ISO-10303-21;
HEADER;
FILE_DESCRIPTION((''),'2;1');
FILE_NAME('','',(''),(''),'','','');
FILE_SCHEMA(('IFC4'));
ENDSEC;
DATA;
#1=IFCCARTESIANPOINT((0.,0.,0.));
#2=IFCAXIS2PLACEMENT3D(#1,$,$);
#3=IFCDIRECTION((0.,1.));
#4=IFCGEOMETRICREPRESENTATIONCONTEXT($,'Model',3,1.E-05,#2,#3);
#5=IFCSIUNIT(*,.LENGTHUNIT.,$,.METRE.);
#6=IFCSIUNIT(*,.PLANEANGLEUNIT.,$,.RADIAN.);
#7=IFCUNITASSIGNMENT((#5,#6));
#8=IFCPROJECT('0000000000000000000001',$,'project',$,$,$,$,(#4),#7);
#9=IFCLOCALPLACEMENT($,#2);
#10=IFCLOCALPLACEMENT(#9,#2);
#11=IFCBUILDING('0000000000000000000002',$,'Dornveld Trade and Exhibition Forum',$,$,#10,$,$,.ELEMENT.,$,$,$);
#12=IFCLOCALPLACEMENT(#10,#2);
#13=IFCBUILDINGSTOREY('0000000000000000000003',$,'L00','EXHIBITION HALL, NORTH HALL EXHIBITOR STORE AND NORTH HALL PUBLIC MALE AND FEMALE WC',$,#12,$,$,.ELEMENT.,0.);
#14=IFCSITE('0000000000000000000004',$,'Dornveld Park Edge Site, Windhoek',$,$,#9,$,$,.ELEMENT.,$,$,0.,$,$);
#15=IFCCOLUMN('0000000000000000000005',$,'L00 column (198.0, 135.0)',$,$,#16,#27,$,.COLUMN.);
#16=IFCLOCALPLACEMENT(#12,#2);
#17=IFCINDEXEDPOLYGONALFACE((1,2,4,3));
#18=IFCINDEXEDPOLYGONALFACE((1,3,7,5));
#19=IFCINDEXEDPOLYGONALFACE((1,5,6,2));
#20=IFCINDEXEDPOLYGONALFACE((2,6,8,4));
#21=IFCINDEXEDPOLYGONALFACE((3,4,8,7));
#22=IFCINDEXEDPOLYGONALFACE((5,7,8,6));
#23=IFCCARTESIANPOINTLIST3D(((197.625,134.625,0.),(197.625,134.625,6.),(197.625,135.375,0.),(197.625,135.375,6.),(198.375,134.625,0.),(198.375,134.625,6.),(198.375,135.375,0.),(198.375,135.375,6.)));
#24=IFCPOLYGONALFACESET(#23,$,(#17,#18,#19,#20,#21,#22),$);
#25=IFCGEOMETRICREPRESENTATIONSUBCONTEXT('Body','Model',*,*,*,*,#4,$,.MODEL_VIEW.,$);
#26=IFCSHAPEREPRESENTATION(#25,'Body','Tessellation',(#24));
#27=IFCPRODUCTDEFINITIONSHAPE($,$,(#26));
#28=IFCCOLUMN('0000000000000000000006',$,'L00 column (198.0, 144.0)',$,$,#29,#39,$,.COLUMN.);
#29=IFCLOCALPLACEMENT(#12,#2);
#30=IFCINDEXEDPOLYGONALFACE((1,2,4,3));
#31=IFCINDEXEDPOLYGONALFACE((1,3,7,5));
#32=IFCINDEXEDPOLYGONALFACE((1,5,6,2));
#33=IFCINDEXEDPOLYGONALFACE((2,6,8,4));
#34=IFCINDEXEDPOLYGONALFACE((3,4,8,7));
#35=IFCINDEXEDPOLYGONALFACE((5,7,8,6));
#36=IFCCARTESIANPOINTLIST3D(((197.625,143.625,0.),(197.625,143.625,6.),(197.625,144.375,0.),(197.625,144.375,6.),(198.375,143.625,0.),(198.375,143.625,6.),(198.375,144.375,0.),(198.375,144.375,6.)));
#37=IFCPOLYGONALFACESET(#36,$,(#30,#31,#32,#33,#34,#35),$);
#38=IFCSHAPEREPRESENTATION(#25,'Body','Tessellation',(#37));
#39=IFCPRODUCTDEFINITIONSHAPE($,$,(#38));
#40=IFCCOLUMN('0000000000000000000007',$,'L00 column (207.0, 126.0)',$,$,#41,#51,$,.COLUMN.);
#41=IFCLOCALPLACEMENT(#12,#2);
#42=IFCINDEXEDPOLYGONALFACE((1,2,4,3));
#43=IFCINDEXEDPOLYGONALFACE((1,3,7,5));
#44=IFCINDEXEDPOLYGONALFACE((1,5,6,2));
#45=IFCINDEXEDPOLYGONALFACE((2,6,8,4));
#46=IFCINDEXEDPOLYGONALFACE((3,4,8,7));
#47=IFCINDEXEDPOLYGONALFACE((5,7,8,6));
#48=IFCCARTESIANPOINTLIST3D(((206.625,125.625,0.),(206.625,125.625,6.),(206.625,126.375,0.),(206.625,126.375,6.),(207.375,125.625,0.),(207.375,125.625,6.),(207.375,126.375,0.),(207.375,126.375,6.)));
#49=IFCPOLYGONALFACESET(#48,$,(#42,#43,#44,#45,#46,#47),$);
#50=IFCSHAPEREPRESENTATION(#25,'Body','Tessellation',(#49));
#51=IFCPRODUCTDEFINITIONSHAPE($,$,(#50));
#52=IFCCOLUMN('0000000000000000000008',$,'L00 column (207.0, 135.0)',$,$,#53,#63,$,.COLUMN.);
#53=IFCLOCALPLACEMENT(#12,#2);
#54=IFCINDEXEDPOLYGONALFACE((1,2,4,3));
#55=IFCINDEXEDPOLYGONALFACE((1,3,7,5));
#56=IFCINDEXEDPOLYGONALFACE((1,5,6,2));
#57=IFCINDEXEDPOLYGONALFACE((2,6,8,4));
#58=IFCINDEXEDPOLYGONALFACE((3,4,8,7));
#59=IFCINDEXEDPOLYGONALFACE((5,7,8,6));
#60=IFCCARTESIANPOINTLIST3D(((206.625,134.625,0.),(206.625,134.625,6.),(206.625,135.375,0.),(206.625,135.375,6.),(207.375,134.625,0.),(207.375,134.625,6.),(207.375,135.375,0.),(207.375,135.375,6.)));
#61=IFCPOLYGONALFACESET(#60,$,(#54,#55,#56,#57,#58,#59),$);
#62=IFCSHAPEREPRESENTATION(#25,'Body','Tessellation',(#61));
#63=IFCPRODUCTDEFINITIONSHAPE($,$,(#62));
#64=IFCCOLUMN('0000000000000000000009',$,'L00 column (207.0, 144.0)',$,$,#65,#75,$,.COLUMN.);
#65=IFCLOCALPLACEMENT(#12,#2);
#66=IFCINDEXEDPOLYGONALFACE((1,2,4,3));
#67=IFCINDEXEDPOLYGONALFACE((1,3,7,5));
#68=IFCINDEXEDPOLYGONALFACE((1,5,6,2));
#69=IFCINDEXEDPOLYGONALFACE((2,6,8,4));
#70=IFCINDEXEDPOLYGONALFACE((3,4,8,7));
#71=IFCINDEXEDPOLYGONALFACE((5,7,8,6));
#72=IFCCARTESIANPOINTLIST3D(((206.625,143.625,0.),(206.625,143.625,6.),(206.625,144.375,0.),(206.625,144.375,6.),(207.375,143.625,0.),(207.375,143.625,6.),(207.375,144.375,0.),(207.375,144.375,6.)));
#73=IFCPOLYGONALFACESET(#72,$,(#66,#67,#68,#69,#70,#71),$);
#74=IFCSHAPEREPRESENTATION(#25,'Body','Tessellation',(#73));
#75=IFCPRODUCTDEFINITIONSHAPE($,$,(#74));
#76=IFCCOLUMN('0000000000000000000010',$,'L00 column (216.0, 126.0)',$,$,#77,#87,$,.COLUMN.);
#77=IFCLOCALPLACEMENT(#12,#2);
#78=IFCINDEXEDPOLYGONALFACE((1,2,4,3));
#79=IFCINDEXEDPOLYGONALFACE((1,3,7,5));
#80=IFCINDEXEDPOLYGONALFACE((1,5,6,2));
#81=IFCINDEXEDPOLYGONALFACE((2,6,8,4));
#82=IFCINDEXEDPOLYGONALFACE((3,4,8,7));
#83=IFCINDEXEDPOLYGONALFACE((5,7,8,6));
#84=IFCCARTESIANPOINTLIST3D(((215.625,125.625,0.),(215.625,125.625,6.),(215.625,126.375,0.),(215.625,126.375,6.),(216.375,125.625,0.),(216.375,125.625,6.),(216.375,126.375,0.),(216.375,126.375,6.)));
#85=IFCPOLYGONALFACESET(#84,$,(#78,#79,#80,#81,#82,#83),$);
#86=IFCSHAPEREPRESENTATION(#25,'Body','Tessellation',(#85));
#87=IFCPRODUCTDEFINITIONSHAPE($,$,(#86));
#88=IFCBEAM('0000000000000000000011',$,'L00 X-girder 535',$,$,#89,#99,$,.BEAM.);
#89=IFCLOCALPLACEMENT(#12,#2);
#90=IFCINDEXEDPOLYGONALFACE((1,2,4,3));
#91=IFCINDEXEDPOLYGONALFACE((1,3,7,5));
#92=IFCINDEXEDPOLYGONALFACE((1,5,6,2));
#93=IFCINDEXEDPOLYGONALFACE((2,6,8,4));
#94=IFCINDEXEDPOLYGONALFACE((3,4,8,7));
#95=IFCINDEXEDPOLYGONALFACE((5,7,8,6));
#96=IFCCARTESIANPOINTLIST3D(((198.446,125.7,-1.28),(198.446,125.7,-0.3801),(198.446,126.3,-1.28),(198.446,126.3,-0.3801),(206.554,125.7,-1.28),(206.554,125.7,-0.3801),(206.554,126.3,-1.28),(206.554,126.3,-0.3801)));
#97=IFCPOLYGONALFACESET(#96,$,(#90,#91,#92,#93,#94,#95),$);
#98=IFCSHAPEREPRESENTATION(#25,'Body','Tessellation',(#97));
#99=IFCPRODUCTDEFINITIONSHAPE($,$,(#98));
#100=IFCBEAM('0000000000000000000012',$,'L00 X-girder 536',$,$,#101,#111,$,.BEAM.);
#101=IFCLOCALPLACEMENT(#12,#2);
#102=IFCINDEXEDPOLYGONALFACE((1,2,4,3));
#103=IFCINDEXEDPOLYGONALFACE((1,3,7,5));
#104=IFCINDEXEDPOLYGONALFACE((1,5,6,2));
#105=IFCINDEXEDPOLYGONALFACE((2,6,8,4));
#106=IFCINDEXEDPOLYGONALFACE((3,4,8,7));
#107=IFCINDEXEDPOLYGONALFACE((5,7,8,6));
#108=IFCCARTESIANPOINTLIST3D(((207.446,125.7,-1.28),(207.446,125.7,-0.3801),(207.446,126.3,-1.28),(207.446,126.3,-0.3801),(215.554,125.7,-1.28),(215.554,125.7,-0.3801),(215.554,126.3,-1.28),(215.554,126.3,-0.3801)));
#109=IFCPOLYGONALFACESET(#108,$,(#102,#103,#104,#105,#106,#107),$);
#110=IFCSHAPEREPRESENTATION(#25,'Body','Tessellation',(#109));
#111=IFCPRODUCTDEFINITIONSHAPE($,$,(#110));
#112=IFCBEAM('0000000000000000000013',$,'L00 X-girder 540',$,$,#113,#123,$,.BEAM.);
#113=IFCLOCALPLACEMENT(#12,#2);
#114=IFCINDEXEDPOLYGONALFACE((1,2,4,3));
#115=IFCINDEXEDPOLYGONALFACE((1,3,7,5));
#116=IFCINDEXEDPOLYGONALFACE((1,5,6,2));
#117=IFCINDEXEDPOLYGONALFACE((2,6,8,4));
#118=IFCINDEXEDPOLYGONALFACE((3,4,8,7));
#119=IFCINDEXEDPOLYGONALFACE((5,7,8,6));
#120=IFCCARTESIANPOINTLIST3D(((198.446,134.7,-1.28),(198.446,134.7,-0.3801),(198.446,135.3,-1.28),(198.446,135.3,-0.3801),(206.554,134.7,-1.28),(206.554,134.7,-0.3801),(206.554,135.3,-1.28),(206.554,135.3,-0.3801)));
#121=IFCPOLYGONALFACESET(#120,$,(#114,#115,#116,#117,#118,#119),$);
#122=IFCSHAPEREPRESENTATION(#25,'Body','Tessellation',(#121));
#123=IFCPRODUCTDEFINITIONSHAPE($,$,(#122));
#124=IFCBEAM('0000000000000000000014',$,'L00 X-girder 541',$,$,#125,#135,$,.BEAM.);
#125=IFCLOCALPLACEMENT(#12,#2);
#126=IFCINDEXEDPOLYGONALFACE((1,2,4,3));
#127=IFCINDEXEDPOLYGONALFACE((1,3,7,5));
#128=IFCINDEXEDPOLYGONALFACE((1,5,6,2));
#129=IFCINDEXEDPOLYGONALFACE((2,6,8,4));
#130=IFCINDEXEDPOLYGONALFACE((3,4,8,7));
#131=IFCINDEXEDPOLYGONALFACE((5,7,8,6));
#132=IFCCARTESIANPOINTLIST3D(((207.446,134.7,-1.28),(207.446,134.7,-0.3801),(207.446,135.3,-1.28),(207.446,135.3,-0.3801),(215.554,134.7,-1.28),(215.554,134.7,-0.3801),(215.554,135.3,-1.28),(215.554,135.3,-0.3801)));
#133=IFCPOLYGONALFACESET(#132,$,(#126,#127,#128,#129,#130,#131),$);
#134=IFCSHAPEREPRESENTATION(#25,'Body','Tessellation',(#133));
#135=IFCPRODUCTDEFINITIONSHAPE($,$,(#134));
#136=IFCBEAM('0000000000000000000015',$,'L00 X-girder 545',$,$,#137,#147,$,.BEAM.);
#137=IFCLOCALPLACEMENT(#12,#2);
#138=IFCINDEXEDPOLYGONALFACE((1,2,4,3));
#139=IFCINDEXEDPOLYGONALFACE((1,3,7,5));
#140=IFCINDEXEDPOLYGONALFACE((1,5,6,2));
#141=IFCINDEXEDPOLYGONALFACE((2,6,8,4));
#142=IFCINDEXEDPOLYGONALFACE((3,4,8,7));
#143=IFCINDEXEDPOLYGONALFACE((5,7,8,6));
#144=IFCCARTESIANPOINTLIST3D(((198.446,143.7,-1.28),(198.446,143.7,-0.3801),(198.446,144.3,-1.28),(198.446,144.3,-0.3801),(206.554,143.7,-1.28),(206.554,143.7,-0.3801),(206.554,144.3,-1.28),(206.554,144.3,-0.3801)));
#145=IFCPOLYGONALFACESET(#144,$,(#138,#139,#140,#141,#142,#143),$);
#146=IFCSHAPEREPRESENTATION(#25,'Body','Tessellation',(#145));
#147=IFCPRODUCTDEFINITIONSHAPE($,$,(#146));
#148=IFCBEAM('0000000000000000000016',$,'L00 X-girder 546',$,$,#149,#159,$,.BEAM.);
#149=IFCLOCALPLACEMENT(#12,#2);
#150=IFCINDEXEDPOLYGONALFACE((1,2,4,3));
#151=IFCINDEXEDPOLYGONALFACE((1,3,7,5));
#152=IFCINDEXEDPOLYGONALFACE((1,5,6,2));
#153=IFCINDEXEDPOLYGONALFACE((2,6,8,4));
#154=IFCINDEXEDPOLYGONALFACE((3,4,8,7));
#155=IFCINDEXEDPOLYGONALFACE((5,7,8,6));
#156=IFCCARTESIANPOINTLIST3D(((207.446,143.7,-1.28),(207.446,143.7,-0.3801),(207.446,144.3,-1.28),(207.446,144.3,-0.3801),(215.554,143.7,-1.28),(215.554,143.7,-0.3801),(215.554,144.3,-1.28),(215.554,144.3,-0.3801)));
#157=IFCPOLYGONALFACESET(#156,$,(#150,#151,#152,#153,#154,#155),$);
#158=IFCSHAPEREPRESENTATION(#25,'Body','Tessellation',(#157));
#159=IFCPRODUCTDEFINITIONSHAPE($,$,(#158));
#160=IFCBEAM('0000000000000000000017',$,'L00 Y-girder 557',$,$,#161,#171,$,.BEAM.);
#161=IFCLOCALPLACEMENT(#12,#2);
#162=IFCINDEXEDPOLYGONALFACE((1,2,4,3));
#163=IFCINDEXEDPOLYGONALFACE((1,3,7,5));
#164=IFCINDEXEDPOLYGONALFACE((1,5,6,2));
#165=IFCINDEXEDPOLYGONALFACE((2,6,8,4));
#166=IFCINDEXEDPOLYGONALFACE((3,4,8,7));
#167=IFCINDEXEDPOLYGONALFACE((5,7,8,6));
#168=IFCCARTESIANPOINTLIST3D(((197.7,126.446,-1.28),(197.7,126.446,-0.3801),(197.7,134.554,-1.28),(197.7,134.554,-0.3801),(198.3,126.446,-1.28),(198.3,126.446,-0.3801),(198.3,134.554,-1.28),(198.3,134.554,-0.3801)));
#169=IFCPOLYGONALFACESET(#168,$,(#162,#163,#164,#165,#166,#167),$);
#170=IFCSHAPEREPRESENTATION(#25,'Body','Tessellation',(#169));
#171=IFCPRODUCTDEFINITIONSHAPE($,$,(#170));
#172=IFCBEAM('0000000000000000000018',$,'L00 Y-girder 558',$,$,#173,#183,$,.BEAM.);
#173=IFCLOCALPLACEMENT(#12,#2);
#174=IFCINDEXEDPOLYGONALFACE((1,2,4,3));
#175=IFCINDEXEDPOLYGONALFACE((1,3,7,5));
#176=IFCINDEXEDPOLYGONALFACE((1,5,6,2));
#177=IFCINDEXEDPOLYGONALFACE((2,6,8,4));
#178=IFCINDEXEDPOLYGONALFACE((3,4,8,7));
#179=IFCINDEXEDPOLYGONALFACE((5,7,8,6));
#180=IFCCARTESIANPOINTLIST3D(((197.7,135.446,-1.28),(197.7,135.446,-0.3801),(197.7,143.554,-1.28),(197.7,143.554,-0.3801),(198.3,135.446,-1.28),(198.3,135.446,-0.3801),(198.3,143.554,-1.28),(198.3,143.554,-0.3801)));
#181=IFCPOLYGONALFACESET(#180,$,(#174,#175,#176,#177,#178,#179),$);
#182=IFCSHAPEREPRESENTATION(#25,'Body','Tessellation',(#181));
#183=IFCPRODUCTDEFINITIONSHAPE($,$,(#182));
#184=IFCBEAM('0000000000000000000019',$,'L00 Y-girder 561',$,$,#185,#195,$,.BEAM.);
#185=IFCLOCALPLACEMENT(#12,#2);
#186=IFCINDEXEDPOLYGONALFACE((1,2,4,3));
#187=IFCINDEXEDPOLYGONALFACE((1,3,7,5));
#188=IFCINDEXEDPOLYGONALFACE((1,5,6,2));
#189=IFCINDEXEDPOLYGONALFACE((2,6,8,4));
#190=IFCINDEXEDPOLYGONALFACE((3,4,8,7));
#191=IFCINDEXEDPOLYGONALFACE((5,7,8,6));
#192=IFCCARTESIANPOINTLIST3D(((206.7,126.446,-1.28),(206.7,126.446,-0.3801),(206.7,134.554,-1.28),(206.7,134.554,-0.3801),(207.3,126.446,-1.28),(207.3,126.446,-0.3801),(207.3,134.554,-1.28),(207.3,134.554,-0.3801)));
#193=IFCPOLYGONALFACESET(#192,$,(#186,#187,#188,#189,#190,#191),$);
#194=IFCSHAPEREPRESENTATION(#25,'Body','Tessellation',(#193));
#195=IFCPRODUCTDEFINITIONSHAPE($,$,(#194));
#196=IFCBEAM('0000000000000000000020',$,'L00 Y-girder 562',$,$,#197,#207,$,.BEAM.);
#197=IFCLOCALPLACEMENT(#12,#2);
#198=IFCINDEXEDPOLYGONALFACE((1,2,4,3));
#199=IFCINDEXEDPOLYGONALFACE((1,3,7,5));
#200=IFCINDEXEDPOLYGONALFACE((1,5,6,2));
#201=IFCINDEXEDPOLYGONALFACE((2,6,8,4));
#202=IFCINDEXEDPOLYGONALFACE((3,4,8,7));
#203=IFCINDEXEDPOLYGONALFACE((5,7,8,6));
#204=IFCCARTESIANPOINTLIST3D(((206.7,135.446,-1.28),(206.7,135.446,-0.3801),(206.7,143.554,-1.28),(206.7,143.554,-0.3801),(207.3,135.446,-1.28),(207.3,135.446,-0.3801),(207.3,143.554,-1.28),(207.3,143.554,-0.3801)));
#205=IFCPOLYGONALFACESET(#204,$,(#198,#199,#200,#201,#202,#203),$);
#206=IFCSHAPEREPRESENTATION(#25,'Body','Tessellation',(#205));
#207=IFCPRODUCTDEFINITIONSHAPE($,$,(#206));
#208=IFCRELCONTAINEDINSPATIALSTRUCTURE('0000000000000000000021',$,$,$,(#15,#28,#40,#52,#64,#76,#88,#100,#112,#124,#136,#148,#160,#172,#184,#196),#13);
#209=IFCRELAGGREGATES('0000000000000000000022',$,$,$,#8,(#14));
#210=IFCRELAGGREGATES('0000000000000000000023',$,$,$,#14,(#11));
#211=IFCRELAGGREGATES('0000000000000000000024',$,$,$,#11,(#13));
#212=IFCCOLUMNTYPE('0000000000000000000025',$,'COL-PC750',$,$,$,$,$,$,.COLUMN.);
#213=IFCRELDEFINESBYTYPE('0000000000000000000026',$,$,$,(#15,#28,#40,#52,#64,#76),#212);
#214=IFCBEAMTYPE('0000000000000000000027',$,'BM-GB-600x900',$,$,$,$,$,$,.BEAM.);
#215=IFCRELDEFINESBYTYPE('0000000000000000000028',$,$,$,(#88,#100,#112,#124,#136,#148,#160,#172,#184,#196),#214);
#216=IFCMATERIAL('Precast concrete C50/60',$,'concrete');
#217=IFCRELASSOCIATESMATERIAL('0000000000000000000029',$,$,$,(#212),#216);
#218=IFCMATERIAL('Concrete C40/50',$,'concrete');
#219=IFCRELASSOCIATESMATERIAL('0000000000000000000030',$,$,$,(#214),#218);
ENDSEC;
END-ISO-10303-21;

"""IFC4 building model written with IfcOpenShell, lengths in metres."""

from ifc_helpers import new_model, si_unit, direction, frame, origin, origin_2d, place, context, subcontext, project, spatial, rectangle, extrude, material, material_profile, profile_set, type_object, element, save


model = new_model("IFC4")

# Units and contexts
model_context = context("Model", 3, precision=1e-05, world=origin(), true_north=direction((0.0, 1.0)))
body_context = subcontext(model_context, "Body", "Model", "MODEL_VIEW")
ifc_project = project(units=[si_unit("LENGTHUNIT", "METRE"), si_unit("PLANEANGLEUNIT", "RADIAN")], contexts=[model_context])

# Site, building, storey
site_placement = place(None, origin())
site = spatial("IfcSite", under=ifc_project, at=site_placement, Name="Dornveld Park Edge Site, Windhoek", CompositionType="ELEMENT", RefElevation=0.0)
building_placement = place(site_placement, origin())
building = spatial("IfcBuilding", under=site, at=building_placement, Name="Dornveld Trade and Exhibition Forum", CompositionType="ELEMENT")
storey_placement = place(building_placement, origin())
storey = spatial("IfcBuildingStorey", under=building, at=storey_placement, Name="L00", Description="EXHIBITION HALL, NORTH HALL EXHIBITOR STORE AND NORTH HALL PUBLIC MALE AND FEMALE WC", CompositionType="ELEMENT", Elevation=0.0)

# Columns
ifc_material_1 = material(Name="Precast concrete C50/60", Category="concrete")
ifc_material_profile_1 = material_profile(ifc_material_1, rectangle(XDim=0.75, YDim=0.75, at=origin_2d()), Name="PC-COL 750x750")
ifc_profile_set_1 = profile_set([ifc_material_profile_1], Name="Precast concrete C50/60")
column_type = type_object("IfcColumnType", Name="COL-PC750", PredefinedType="COLUMN", material=ifc_profile_set_1)
for number, where, z_axis, x_axis, name in (
    (1, (198.0, 135.0, 0.0), (0.0, 0.0, 1.0), (1.0, 0.0, 0.0), "L00 column (198.0, 135.0)"),
    (2, (198.0, 144.0, 0.0), (0.0, 0.0, 1.0), (1.0, 0.0, 0.0), "L00 column (198.0, 144.0)"),
    (3, (207.0, 126.0, 0.0), (0.0, 0.0, 1.0), (1.0, 0.0, 0.0), "L00 column (207.0, 126.0)"),
    (4, (207.0, 135.0, 0.0), (0.0, 0.0, 1.0), (1.0, 0.0, 0.0), "L00 column (207.0, 135.0)"),
    (5, (207.0, 144.0, 0.0), (0.0, 0.0, 1.0), (1.0, 0.0, 0.0), "L00 column (207.0, 144.0)"),
    (6, (216.0, 126.0, 0.0), (0.0, 0.0, 1.0), (1.0, 0.0, 0.0), "L00 column (216.0, 126.0)"),
):
    element("IfcColumn", number, at=place(storey_placement, frame(where, z_axis=z_axis, x_axis=x_axis)), inside=storey, type_object=column_type, Name=name, PredefinedType="COLUMN", context=body_context, shape_type="SweptSolid", body=[
        extrude(rectangle(XDim=0.75, YDim=0.75, at=origin_2d()), origin(), (0.0, 0.0, 1.0), 6.0),
    ])

# Beams
ifc_material_2 = material(Name="Concrete C40/50", Category="concrete")
ifc_material_profile_2 = material_profile(ifc_material_2, rectangle(XDim=0.6001, YDim=0.8999, at=origin_2d()), Name="RC-GB 600x900")
ifc_profile_set_2 = profile_set([ifc_material_profile_2], Name="Concrete C40/50")
beam_type_1 = type_object("IfcBeamType", Name="BM-GB-600x900", PredefinedType="BEAM", material=ifc_profile_set_2)
for number, where, z_axis, x_axis, name in (
    (7, (198.446, 126.0, -0.8301), (1.0, 0.0, 0.0), (0.0, 1.0, 0.0), "L00 X-girder 535"),
    (8, (207.446, 126.0, -0.8301), (1.0, 0.0, 0.0), (0.0, 1.0, 0.0), "L00 X-girder 536"),
    (9, (198.446, 135.0, -0.8301), (1.0, 0.0, 0.0), (0.0, 1.0, 0.0), "L00 X-girder 540"),
    (10, (207.446, 135.0, -0.8301), (1.0, 0.0, 0.0), (0.0, 1.0, 0.0), "L00 X-girder 541"),
    (11, (198.446, 144.0, -0.8301), (1.0, 0.0, 0.0), (0.0, 1.0, 0.0), "L00 X-girder 545"),
    (12, (207.446, 144.0, -0.8301), (1.0, 0.0, 0.0), (0.0, 1.0, 0.0), "L00 X-girder 546"),
    (13, (198.0, 126.446, -0.8301), (0.0, 1.0, 0.0), (-1.0, 0.0, 0.0), "L00 Y-girder 557"),
    (14, (198.0, 135.446, -0.8301), (0.0, 1.0, 0.0), (-1.0, 0.0, 0.0), "L00 Y-girder 558"),
    (15, (207.0, 126.446, -0.8301), (0.0, 1.0, 0.0), (-1.0, 0.0, 0.0), "L00 Y-girder 561"),
    (16, (207.0, 135.446, -0.8301), (0.0, 1.0, 0.0), (-1.0, 0.0, 0.0), "L00 Y-girder 562"),
):
    element("IfcBeam", number, at=place(storey_placement, frame(where, z_axis=z_axis, x_axis=x_axis)), inside=storey, type_object=beam_type_1, Name=name, PredefinedType="BEAM", context=body_context, shape_type="SweptSolid", body=[
        extrude(rectangle(XDim=0.6001, YDim=0.8999, at=origin_2d()), origin(), (0.0, 0.0, 1.0), 8.1079),
    ])

save(model, "model.ifc")
